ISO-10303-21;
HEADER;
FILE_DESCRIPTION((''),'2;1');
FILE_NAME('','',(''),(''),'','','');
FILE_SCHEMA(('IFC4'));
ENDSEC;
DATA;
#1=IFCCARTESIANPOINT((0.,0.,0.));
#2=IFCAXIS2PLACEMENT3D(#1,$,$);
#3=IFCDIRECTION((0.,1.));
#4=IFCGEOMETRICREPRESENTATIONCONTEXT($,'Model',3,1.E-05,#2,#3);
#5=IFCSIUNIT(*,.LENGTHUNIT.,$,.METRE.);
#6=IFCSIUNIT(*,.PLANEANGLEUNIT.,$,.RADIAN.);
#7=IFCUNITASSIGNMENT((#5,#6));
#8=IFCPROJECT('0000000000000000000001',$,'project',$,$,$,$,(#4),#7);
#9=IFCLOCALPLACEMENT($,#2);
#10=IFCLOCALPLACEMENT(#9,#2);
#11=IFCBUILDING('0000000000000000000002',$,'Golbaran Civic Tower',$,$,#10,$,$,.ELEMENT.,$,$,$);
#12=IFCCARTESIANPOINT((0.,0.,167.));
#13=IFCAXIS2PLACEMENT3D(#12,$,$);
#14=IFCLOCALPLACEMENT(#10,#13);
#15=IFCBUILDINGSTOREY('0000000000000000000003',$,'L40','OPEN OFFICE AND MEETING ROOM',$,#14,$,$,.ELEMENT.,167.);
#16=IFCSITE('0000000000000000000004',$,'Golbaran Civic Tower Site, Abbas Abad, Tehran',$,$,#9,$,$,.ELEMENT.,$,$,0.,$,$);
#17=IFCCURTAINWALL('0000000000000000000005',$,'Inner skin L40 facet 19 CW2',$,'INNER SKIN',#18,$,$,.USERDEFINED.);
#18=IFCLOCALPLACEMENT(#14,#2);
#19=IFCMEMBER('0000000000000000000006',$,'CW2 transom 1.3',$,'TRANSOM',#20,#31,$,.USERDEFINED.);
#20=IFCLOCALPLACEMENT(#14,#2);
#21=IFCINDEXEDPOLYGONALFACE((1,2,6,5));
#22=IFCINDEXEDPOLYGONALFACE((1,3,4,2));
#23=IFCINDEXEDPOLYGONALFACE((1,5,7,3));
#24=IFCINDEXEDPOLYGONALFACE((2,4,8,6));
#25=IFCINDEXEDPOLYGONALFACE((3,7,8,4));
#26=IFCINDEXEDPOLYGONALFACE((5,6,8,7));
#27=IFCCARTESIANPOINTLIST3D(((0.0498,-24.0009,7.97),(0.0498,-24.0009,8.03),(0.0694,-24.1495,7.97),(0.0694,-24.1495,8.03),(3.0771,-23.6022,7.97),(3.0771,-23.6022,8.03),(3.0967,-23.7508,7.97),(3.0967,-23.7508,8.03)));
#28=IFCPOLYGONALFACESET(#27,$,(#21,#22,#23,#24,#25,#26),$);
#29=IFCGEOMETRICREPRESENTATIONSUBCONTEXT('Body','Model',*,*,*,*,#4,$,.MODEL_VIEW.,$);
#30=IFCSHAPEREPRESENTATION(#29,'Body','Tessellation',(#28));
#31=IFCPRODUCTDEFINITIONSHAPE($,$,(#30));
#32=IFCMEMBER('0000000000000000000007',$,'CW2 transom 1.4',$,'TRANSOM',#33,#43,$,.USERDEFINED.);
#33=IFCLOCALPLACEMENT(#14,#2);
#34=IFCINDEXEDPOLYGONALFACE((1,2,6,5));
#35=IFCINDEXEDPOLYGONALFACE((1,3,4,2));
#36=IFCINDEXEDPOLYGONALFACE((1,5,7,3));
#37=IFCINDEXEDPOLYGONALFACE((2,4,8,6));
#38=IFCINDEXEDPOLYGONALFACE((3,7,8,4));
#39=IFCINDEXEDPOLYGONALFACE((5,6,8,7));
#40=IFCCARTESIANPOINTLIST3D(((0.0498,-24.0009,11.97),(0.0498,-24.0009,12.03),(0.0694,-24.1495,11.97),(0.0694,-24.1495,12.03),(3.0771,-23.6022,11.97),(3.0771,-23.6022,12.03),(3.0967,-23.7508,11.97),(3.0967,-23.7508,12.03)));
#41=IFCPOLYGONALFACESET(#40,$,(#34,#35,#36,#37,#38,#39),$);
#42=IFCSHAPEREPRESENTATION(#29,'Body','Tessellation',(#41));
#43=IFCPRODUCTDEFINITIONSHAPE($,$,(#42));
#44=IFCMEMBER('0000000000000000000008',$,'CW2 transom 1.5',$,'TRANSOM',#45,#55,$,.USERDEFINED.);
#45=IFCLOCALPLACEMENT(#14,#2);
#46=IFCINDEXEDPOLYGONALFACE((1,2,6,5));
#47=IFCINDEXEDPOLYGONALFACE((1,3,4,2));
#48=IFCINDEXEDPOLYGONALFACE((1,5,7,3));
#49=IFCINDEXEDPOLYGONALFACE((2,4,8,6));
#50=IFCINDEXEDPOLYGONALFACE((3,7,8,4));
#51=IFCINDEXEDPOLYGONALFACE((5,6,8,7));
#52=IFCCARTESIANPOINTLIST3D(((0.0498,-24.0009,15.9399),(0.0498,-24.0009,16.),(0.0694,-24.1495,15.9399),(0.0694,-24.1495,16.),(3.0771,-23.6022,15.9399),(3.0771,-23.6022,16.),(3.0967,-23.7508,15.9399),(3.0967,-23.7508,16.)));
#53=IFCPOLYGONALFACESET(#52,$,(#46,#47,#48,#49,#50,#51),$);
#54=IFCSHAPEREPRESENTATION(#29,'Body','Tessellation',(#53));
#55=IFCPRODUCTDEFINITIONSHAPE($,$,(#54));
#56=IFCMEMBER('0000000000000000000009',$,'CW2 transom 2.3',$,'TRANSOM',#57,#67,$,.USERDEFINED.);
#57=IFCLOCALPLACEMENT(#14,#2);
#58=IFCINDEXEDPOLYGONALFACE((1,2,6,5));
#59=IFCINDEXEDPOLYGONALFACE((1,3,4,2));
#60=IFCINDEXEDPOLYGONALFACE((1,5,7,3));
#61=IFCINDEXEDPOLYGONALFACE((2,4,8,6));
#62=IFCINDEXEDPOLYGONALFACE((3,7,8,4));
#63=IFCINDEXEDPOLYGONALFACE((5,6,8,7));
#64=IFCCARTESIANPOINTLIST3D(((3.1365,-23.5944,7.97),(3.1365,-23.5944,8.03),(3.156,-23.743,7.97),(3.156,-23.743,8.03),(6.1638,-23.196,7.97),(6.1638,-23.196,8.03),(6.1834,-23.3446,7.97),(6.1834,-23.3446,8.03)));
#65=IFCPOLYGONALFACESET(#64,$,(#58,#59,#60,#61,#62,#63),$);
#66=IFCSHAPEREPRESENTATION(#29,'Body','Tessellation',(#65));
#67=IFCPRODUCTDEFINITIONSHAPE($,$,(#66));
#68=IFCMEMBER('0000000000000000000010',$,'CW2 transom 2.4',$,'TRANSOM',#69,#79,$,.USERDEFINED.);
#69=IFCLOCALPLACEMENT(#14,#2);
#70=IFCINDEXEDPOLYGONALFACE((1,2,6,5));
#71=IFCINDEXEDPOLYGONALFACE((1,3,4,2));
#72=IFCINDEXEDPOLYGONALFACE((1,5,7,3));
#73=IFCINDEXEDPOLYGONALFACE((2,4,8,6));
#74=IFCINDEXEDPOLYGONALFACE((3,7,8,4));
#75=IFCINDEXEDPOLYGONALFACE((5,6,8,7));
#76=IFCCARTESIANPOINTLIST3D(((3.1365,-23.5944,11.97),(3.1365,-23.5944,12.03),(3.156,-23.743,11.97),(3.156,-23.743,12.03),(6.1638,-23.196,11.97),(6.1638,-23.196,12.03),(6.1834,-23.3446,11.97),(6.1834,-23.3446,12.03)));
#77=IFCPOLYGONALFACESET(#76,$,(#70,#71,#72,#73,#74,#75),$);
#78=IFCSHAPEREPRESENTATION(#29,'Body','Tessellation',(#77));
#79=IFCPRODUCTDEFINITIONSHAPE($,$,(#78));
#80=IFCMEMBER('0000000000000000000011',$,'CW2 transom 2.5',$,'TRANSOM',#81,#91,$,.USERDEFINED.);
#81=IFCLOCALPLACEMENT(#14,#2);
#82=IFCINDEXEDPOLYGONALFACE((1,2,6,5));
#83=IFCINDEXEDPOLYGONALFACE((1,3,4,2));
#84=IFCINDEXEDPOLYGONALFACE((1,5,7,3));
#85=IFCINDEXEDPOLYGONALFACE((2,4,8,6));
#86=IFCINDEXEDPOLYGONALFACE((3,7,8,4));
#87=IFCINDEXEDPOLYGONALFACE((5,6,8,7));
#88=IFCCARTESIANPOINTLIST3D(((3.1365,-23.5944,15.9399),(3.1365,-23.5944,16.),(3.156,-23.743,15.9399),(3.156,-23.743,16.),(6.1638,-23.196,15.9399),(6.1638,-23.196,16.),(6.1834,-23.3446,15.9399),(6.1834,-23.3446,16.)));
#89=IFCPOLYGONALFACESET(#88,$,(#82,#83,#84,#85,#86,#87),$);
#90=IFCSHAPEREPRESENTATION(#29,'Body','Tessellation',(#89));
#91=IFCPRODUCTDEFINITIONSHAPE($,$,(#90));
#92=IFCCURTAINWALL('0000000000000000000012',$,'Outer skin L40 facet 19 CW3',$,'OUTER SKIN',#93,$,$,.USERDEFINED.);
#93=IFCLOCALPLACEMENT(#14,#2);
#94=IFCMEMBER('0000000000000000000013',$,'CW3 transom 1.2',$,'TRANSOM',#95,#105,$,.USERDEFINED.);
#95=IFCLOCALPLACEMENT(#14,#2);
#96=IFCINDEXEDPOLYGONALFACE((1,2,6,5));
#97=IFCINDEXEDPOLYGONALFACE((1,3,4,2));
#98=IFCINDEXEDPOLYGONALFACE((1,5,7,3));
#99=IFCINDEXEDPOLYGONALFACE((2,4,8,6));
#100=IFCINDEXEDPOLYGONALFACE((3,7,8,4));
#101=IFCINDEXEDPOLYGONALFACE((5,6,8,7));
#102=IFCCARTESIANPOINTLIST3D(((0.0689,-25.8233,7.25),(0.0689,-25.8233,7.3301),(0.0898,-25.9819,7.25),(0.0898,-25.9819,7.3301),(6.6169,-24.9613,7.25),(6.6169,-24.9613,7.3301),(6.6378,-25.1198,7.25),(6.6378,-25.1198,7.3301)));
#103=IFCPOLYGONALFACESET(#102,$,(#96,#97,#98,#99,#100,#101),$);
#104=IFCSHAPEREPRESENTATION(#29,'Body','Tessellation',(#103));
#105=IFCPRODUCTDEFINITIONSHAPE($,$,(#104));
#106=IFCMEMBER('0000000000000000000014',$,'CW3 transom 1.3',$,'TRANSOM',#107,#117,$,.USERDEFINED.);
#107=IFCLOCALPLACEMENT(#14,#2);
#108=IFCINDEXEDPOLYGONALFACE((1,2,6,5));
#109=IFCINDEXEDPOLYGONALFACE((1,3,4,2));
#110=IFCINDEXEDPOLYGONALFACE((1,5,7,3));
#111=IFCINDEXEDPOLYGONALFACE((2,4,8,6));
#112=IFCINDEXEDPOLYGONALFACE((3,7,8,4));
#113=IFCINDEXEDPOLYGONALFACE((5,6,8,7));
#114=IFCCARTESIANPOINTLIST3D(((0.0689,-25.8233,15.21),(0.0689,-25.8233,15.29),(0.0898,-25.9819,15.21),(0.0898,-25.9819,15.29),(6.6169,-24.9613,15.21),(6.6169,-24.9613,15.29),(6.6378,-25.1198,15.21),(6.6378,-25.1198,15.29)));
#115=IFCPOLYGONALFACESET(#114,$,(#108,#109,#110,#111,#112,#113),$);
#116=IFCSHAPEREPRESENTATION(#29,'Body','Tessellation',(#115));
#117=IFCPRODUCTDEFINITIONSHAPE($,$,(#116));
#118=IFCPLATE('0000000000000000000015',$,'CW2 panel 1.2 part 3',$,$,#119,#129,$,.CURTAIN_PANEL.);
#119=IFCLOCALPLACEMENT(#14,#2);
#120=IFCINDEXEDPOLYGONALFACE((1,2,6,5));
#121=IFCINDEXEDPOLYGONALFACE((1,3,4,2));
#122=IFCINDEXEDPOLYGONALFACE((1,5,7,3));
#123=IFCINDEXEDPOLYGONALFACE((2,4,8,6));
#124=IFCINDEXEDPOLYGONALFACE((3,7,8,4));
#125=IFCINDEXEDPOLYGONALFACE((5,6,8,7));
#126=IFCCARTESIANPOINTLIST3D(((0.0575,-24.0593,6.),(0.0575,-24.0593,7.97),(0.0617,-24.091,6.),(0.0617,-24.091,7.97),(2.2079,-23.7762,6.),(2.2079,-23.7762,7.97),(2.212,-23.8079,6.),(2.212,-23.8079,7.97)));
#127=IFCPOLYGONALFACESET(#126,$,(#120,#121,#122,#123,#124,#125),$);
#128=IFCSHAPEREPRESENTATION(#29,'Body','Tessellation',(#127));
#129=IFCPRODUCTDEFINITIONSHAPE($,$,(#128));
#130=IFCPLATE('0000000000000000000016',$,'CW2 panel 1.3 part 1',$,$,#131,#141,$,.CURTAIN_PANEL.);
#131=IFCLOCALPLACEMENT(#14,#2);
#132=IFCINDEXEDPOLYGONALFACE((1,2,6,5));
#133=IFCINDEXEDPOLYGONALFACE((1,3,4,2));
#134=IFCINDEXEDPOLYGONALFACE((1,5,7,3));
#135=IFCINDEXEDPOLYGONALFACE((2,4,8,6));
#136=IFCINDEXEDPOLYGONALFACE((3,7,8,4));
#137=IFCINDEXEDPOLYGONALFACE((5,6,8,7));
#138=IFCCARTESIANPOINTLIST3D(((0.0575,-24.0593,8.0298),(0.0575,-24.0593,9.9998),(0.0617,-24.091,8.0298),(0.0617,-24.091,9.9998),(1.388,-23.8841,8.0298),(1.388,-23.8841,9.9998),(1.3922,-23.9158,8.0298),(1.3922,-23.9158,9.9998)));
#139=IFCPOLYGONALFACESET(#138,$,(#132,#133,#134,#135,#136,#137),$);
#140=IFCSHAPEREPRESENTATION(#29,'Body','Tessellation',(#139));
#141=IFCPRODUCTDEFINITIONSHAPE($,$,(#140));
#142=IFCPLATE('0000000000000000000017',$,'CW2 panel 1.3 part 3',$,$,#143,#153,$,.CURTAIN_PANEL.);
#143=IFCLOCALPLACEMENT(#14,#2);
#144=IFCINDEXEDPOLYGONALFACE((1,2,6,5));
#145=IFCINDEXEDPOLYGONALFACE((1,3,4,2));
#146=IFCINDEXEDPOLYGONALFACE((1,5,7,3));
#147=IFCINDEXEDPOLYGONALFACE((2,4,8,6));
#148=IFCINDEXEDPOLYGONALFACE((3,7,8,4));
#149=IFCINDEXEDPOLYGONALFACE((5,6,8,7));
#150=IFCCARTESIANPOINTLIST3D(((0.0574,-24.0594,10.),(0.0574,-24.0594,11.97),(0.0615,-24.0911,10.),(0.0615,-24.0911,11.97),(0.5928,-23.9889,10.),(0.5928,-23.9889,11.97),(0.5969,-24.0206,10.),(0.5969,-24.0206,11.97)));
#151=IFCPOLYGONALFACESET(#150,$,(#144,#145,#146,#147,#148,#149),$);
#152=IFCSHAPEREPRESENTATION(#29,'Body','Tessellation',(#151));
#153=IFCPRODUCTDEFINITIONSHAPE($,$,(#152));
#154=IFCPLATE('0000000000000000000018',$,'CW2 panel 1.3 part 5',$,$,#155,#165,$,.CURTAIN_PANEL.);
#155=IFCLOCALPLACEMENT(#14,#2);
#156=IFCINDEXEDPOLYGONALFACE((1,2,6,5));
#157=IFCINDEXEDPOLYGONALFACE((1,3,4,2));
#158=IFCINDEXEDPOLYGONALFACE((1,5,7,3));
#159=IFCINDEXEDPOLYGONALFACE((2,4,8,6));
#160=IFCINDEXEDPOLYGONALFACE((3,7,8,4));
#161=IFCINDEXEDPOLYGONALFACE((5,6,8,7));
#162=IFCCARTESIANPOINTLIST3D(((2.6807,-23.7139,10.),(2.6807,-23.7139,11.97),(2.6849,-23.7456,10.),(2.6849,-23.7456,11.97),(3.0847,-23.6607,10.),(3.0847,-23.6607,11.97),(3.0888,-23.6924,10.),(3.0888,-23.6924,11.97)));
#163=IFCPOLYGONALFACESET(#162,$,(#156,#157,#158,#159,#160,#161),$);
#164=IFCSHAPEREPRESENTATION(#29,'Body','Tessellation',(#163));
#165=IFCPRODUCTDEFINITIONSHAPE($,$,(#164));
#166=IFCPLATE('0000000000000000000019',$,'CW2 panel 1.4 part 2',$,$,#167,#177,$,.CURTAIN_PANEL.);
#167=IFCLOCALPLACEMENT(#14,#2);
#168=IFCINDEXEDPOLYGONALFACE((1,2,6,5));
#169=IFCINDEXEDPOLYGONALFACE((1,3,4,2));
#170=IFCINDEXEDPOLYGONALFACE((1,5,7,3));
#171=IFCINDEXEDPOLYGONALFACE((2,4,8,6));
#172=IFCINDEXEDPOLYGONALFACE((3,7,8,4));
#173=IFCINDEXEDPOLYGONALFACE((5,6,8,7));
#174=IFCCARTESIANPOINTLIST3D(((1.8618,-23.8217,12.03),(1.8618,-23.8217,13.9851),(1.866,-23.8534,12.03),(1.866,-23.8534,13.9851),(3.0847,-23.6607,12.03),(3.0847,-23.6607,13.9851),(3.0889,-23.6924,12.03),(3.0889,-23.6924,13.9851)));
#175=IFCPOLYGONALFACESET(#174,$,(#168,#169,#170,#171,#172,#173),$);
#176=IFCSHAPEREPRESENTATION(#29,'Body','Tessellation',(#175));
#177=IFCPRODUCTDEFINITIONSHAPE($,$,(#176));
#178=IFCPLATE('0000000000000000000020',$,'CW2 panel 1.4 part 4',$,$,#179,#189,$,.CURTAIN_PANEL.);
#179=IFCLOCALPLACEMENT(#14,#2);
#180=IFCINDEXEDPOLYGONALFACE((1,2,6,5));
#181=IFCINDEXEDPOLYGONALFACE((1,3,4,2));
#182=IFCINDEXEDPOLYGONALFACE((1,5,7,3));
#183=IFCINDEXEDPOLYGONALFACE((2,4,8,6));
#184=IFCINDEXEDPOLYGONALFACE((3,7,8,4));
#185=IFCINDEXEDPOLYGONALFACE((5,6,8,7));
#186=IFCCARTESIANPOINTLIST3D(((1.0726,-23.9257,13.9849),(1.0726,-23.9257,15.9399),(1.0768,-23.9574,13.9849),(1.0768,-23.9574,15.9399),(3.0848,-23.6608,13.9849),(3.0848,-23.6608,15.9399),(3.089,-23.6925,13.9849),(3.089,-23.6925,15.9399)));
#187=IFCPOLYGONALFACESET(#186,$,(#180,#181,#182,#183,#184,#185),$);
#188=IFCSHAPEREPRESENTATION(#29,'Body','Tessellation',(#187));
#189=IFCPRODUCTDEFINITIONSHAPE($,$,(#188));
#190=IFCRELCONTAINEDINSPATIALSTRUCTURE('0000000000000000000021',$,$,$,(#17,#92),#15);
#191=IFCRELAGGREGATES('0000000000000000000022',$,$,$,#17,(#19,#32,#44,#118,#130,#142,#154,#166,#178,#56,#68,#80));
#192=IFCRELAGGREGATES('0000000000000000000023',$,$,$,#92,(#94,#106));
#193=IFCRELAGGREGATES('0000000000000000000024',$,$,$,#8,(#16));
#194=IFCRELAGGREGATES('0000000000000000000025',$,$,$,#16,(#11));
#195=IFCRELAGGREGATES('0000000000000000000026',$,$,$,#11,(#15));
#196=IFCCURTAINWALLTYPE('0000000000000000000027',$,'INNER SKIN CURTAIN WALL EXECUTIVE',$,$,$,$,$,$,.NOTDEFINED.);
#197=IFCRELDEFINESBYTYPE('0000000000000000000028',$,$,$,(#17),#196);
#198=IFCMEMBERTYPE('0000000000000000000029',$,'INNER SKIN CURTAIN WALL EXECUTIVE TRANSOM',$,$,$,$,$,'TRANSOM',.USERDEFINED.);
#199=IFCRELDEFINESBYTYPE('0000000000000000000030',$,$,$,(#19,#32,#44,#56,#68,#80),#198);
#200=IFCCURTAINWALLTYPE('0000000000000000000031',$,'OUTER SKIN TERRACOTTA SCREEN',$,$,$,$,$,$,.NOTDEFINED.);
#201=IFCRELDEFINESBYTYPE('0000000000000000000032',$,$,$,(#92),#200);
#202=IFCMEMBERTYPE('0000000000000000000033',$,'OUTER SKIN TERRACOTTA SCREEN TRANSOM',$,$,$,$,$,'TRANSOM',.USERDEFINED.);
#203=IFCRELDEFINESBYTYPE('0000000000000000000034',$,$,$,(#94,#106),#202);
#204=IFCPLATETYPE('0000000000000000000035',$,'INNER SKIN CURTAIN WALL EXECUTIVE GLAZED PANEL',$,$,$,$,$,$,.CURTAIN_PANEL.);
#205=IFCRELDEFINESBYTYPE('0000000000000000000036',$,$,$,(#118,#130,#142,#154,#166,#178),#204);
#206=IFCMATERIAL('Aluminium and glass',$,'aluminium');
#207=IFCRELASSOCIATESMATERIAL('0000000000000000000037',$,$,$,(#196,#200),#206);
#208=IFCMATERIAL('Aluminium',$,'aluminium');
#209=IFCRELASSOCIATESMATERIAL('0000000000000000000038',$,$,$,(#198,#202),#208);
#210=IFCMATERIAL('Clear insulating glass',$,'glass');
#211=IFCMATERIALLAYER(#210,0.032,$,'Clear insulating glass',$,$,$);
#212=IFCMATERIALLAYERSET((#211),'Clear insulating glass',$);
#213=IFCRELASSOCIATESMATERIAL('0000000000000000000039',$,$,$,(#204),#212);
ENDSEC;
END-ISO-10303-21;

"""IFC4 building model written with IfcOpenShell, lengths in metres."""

from ifc_helpers import new_model, si_unit, direction, frame, origin, origin_2d, place, context, subcontext, project, spatial, rectangle, extrude, material, layer, layer_set, material_profile, profile_set, type_object, element, aggregate, save


model = new_model("IFC4")

# Units and contexts
model_context = context("Model", 3, precision=1e-05, world=origin(), true_north=direction((0.0, 1.0)))
body_context = subcontext(model_context, "Body", "Model", "MODEL_VIEW")
ifc_project = project(units=[si_unit("LENGTHUNIT", "METRE"), si_unit("PLANEANGLEUNIT", "RADIAN")], contexts=[model_context])

# Site, building, storey
site_placement = place(None, origin())
site = spatial("IfcSite", under=ifc_project, at=site_placement, Name="Golbaran Civic Tower Site, Abbas Abad, Tehran", CompositionType="ELEMENT", RefElevation=0.0)
building_placement = place(site_placement, origin())
building = spatial("IfcBuilding", under=site, at=building_placement, Name="Golbaran Civic Tower", CompositionType="ELEMENT")
storey_placement = place(building_placement, frame((0.0, 0.0, 167.0)))
storey = spatial("IfcBuildingStorey", under=building, at=storey_placement, Name="L40", Description="OPEN OFFICE AND MEETING ROOM", CompositionType="ELEMENT", Elevation=167.0)

# Curtain walls, members
ifc_material_1 = material(Name="Aluminium and glass", Category="aluminium")
curtain_wall_type_1 = type_object("IfcCurtainWallType", Name="INNER SKIN CURTAIN WALL EXECUTIVE", PredefinedType="NOTDEFINED", material=ifc_material_1)
curtain_wall_1_placement = place(storey_placement, origin())
curtain_wall_1 = element("IfcCurtainWall", 1, at=curtain_wall_1_placement, inside=storey, type_object=curtain_wall_type_1, Name="Inner skin L40 facet 19 CW2", ObjectType="INNER SKIN", PredefinedType="USERDEFINED")
ifc_material_2 = material(Name="Aluminium", Category="aluminium")
ifc_material_profile_1 = material_profile(ifc_material_2, rectangle(XDim=0.1499, YDim=0.0601, at=origin_2d()), Name="INNER SKIN CURTAIN WALL EXECUTIVE TRANSOM")
ifc_profile_set_1 = profile_set([ifc_material_profile_1], Name="Aluminium")
member_type_1 = type_object("IfcMemberType", Name="INNER SKIN CURTAIN WALL EXECUTIVE TRANSOM", ElementType="TRANSOM", PredefinedType="USERDEFINED", material=ifc_profile_set_1)
member_1_placement = place(storey_placement, frame((0.0596, -24.0752, 8.0), z_axis=(0.99144, 0.130566, 0.0), x_axis=(-0.130566, 0.99144, 0.0)))
member_1 = element("IfcMember", 2, at=member_1_placement, type_object=member_type_1, Name="CW2 transom 1.3", ObjectType="TRANSOM", PredefinedType="USERDEFINED", context=body_context, shape_type="SweptSolid", body=[
    extrude(rectangle(XDim=0.1499, YDim=0.0601, at=origin_2d()), origin(), (0.0, 0.0, 1.0), 3.0535),
])
member_2_placement = place(storey_placement, frame((0.0596, -24.0752, 12.0), z_axis=(0.99144, 0.130566, 0.0), x_axis=(-0.130566, 0.99144, 0.0)))
member_2 = element("IfcMember", 3, at=member_2_placement, type_object=member_type_1, Name="CW2 transom 1.4", ObjectType="TRANSOM", PredefinedType="USERDEFINED", context=body_context, shape_type="SweptSolid", body=[
    extrude(rectangle(XDim=0.1499, YDim=0.0601, at=origin_2d()), origin(), (0.0, 0.0, 1.0), 3.0535),
])
member_3_placement = place(storey_placement, frame((0.0596, -24.0752, 15.97), z_axis=(0.99144, 0.130566, 0.0), x_axis=(-0.130566, 0.99144, 0.0)))
member_3 = element("IfcMember", 4, at=member_3_placement, type_object=member_type_1, Name="CW2 transom 1.5", ObjectType="TRANSOM", PredefinedType="USERDEFINED", context=body_context, shape_type="SweptSolid", body=[
    extrude(rectangle(XDim=0.1499, YDim=0.0601, at=origin_2d()), origin(), (0.0, 0.0, 1.0), 3.0535),
])
member_4_placement = place(storey_placement, frame((3.1462, -23.6687, 8.0), z_axis=(0.99145, 0.130488, 0.0), x_axis=(-0.130488, 0.99145, 0.0)))
member_4 = element("IfcMember", 5, at=member_4_placement, type_object=member_type_1, Name="CW2 transom 2.3", ObjectType="TRANSOM", PredefinedType="USERDEFINED", context=body_context, shape_type="SweptSolid", body=[
    extrude(rectangle(XDim=0.1499, YDim=0.0601, at=origin_2d()), origin(), (0.0, 0.0, 1.0), 3.0535),
])
member_5_placement = place(storey_placement, frame((3.1462, -23.6687, 12.0), z_axis=(0.99145, 0.130488, 0.0), x_axis=(-0.130488, 0.99145, 0.0)))
member_5 = element("IfcMember", 6, at=member_5_placement, type_object=member_type_1, Name="CW2 transom 2.4", ObjectType="TRANSOM", PredefinedType="USERDEFINED", context=body_context, shape_type="SweptSolid", body=[
    extrude(rectangle(XDim=0.1499, YDim=0.0601, at=origin_2d()), origin(), (0.0, 0.0, 1.0), 3.0535),
])
member_6_placement = place(storey_placement, frame((3.1462, -23.6687, 15.97), z_axis=(0.99145, 0.130488, 0.0), x_axis=(-0.130488, 0.99145, 0.0)))
member_6 = element("IfcMember", 7, at=member_6_placement, type_object=member_type_1, Name="CW2 transom 2.5", ObjectType="TRANSOM", PredefinedType="USERDEFINED", context=body_context, shape_type="SweptSolid", body=[
    extrude(rectangle(XDim=0.1499, YDim=0.0601, at=origin_2d()), origin(), (0.0, 0.0, 1.0), 3.0535),
])
curtain_wall_type_2 = type_object("IfcCurtainWallType", Name="OUTER SKIN TERRACOTTA SCREEN", PredefinedType="NOTDEFINED", material=ifc_material_1)
curtain_wall_2_placement = place(storey_placement, origin())
curtain_wall_2 = element("IfcCurtainWall", 8, at=curtain_wall_2_placement, inside=storey, type_object=curtain_wall_type_2, Name="Outer skin L40 facet 19 CW3", ObjectType="OUTER SKIN", PredefinedType="USERDEFINED")
ifc_material_profile_2 = material_profile(ifc_material_2, rectangle(XDim=0.1599, YDim=0.0801, at=origin_2d()), Name="OUTER SKIN TERRACOTTA SCREEN TRANSOM")
ifc_profile_set_2 = profile_set([ifc_material_profile_2], Name="Aluminium")
member_type_2 = type_object("IfcMemberType", Name="OUTER SKIN TERRACOTTA SCREEN TRANSOM", ElementType="TRANSOM", PredefinedType="USERDEFINED", material=ifc_profile_set_2)
member_7_placement = place(storey_placement, frame((0.0793, -25.9026, 7.29), z_axis=(0.991445, 0.130524, 0.0), x_axis=(-0.130524, 0.991445, 0.0)))
member_7 = element("IfcMember", 9, at=member_7_placement, type_object=member_type_2, Name="CW3 transom 1.2", ObjectType="TRANSOM", PredefinedType="USERDEFINED", context=body_context, shape_type="SweptSolid", body=[
    extrude(rectangle(XDim=0.1599, YDim=0.0801, at=origin_2d()), origin(), (0.0, 0.0, 1.0), 6.6045),
])
member_8_placement = place(storey_placement, frame((0.0793, -25.9026, 15.25), z_axis=(0.991445, 0.130524, 0.0), x_axis=(-0.130524, 0.991445, 0.0)))
member_8 = element("IfcMember", 10, at=member_8_placement, type_object=member_type_2, Name="CW3 transom 1.3", ObjectType="TRANSOM", PredefinedType="USERDEFINED", context=body_context, shape_type="SweptSolid", body=[
    extrude(rectangle(XDim=0.1599, YDim=0.0801, at=origin_2d()), origin(), (0.0, 0.0, 1.0), 6.6045),
])

# Plates
ifc_material_3 = material(Name="Clear insulating glass", Category="glass")
ifc_layer_1 = layer(ifc_material_3, 0.032, Name="Clear insulating glass")
ifc_layer_set_1 = layer_set([ifc_layer_1], Name="Clear insulating glass")
plate_type_1 = type_object("IfcPlateType", Name="INNER SKIN CURTAIN WALL EXECUTIVE GLAZED PANEL", PredefinedType="CURTAIN_PANEL", material=ifc_layer_set_1)
plate_1_placement = place(storey_placement, frame((1.1348, -23.9336, 6.0), z_axis=(0.0, 0.0, 1.0), x_axis=(0.991445, 0.130526, 0.0)))
plate_1 = element("IfcPlate", 11, at=plate_1_placement, type_object=plate_type_1, Name="CW2 panel 1.2 part 3", PredefinedType="CURTAIN_PANEL", context=body_context, shape_type="SweptSolid", body=[
    extrude(rectangle(XDim=2.1689, YDim=0.032, at=origin_2d()), origin(), (0.0, 0.0, 1.0), 1.97),
])
plate_2_placement = place(storey_placement, frame((0.7249, -23.9875, 8.0298), z_axis=(0.0, 0.0, 1.0), x_axis=(0.991445, 0.130526, 0.0)))
plate_2 = element("IfcPlate", 12, at=plate_2_placement, type_object=plate_type_1, Name="CW2 panel 1.3 part 1", PredefinedType="CURTAIN_PANEL", context=body_context, shape_type="SweptSolid", body=[
    extrude(rectangle(XDim=1.342, YDim=0.032, at=origin_2d()), origin(), (0.0, 0.0, 1.0), 1.97),
])
plate_3_placement = place(storey_placement, frame((0.3271, -24.04, 10.0), z_axis=(0.0, 0.0, 1.0), x_axis=(0.991445, 0.130526, 0.0)))
plate_3 = element("IfcPlate", 13, at=plate_3_placement, type_object=plate_type_1, Name="CW2 panel 1.3 part 3", PredefinedType="CURTAIN_PANEL", context=body_context, shape_type="SweptSolid", body=[
    extrude(rectangle(XDim=0.54, YDim=0.032, at=origin_2d()), origin(), (0.0, 0.0, 1.0), 1.97),
])
plate_4_placement = place(storey_placement, frame((2.8848, -23.7031, 10.0), z_axis=(0.0, 0.0, 1.0), x_axis=(0.991445, 0.130526, 0.0)))
plate_4 = element("IfcPlate", 14, at=plate_4_placement, type_object=plate_type_1, Name="CW2 panel 1.3 part 5", PredefinedType="CURTAIN_PANEL", context=body_context, shape_type="SweptSolid", body=[
    extrude(rectangle(XDim=0.4075, YDim=0.032, at=origin_2d()), origin(), (0.0, 0.0, 1.0), 1.97),
])
plate_5_placement = place(storey_placement, frame((2.4753, -23.7571, 12.03), z_axis=(0.0, 0.0, 1.0), x_axis=(0.991445, 0.130526, 0.0)))
plate_5 = element("IfcPlate", 15, at=plate_5_placement, type_object=plate_type_1, Name="CW2 panel 1.4 part 2", PredefinedType="CURTAIN_PANEL", context=body_context, shape_type="SweptSolid", body=[
    extrude(rectangle(XDim=1.2334, YDim=0.032, at=origin_2d()), origin(), (0.0, 0.0, 1.0), 1.9551),
])
plate_6_placement = place(storey_placement, frame((2.0808, -23.8091, 13.9849), z_axis=(0.0, 0.0, 1.0), x_axis=(0.991445, 0.130526, 0.0)))
plate_6 = element("IfcPlate", 16, at=plate_6_placement, type_object=plate_type_1, Name="CW2 panel 1.4 part 4", PredefinedType="CURTAIN_PANEL", context=body_context, shape_type="SweptSolid", body=[
    extrude(rectangle(XDim=2.0295, YDim=0.032, at=origin_2d()), origin(), (0.0, 0.0, 1.0), 1.9551),
])
aggregate(curtain_wall_1, [member_1, member_2, member_3, plate_1, plate_2, plate_3, plate_4, plate_5, plate_6, member_4, member_5, member_6])
aggregate(curtain_wall_2, [member_7, member_8])

save(model, "model.ifc")
